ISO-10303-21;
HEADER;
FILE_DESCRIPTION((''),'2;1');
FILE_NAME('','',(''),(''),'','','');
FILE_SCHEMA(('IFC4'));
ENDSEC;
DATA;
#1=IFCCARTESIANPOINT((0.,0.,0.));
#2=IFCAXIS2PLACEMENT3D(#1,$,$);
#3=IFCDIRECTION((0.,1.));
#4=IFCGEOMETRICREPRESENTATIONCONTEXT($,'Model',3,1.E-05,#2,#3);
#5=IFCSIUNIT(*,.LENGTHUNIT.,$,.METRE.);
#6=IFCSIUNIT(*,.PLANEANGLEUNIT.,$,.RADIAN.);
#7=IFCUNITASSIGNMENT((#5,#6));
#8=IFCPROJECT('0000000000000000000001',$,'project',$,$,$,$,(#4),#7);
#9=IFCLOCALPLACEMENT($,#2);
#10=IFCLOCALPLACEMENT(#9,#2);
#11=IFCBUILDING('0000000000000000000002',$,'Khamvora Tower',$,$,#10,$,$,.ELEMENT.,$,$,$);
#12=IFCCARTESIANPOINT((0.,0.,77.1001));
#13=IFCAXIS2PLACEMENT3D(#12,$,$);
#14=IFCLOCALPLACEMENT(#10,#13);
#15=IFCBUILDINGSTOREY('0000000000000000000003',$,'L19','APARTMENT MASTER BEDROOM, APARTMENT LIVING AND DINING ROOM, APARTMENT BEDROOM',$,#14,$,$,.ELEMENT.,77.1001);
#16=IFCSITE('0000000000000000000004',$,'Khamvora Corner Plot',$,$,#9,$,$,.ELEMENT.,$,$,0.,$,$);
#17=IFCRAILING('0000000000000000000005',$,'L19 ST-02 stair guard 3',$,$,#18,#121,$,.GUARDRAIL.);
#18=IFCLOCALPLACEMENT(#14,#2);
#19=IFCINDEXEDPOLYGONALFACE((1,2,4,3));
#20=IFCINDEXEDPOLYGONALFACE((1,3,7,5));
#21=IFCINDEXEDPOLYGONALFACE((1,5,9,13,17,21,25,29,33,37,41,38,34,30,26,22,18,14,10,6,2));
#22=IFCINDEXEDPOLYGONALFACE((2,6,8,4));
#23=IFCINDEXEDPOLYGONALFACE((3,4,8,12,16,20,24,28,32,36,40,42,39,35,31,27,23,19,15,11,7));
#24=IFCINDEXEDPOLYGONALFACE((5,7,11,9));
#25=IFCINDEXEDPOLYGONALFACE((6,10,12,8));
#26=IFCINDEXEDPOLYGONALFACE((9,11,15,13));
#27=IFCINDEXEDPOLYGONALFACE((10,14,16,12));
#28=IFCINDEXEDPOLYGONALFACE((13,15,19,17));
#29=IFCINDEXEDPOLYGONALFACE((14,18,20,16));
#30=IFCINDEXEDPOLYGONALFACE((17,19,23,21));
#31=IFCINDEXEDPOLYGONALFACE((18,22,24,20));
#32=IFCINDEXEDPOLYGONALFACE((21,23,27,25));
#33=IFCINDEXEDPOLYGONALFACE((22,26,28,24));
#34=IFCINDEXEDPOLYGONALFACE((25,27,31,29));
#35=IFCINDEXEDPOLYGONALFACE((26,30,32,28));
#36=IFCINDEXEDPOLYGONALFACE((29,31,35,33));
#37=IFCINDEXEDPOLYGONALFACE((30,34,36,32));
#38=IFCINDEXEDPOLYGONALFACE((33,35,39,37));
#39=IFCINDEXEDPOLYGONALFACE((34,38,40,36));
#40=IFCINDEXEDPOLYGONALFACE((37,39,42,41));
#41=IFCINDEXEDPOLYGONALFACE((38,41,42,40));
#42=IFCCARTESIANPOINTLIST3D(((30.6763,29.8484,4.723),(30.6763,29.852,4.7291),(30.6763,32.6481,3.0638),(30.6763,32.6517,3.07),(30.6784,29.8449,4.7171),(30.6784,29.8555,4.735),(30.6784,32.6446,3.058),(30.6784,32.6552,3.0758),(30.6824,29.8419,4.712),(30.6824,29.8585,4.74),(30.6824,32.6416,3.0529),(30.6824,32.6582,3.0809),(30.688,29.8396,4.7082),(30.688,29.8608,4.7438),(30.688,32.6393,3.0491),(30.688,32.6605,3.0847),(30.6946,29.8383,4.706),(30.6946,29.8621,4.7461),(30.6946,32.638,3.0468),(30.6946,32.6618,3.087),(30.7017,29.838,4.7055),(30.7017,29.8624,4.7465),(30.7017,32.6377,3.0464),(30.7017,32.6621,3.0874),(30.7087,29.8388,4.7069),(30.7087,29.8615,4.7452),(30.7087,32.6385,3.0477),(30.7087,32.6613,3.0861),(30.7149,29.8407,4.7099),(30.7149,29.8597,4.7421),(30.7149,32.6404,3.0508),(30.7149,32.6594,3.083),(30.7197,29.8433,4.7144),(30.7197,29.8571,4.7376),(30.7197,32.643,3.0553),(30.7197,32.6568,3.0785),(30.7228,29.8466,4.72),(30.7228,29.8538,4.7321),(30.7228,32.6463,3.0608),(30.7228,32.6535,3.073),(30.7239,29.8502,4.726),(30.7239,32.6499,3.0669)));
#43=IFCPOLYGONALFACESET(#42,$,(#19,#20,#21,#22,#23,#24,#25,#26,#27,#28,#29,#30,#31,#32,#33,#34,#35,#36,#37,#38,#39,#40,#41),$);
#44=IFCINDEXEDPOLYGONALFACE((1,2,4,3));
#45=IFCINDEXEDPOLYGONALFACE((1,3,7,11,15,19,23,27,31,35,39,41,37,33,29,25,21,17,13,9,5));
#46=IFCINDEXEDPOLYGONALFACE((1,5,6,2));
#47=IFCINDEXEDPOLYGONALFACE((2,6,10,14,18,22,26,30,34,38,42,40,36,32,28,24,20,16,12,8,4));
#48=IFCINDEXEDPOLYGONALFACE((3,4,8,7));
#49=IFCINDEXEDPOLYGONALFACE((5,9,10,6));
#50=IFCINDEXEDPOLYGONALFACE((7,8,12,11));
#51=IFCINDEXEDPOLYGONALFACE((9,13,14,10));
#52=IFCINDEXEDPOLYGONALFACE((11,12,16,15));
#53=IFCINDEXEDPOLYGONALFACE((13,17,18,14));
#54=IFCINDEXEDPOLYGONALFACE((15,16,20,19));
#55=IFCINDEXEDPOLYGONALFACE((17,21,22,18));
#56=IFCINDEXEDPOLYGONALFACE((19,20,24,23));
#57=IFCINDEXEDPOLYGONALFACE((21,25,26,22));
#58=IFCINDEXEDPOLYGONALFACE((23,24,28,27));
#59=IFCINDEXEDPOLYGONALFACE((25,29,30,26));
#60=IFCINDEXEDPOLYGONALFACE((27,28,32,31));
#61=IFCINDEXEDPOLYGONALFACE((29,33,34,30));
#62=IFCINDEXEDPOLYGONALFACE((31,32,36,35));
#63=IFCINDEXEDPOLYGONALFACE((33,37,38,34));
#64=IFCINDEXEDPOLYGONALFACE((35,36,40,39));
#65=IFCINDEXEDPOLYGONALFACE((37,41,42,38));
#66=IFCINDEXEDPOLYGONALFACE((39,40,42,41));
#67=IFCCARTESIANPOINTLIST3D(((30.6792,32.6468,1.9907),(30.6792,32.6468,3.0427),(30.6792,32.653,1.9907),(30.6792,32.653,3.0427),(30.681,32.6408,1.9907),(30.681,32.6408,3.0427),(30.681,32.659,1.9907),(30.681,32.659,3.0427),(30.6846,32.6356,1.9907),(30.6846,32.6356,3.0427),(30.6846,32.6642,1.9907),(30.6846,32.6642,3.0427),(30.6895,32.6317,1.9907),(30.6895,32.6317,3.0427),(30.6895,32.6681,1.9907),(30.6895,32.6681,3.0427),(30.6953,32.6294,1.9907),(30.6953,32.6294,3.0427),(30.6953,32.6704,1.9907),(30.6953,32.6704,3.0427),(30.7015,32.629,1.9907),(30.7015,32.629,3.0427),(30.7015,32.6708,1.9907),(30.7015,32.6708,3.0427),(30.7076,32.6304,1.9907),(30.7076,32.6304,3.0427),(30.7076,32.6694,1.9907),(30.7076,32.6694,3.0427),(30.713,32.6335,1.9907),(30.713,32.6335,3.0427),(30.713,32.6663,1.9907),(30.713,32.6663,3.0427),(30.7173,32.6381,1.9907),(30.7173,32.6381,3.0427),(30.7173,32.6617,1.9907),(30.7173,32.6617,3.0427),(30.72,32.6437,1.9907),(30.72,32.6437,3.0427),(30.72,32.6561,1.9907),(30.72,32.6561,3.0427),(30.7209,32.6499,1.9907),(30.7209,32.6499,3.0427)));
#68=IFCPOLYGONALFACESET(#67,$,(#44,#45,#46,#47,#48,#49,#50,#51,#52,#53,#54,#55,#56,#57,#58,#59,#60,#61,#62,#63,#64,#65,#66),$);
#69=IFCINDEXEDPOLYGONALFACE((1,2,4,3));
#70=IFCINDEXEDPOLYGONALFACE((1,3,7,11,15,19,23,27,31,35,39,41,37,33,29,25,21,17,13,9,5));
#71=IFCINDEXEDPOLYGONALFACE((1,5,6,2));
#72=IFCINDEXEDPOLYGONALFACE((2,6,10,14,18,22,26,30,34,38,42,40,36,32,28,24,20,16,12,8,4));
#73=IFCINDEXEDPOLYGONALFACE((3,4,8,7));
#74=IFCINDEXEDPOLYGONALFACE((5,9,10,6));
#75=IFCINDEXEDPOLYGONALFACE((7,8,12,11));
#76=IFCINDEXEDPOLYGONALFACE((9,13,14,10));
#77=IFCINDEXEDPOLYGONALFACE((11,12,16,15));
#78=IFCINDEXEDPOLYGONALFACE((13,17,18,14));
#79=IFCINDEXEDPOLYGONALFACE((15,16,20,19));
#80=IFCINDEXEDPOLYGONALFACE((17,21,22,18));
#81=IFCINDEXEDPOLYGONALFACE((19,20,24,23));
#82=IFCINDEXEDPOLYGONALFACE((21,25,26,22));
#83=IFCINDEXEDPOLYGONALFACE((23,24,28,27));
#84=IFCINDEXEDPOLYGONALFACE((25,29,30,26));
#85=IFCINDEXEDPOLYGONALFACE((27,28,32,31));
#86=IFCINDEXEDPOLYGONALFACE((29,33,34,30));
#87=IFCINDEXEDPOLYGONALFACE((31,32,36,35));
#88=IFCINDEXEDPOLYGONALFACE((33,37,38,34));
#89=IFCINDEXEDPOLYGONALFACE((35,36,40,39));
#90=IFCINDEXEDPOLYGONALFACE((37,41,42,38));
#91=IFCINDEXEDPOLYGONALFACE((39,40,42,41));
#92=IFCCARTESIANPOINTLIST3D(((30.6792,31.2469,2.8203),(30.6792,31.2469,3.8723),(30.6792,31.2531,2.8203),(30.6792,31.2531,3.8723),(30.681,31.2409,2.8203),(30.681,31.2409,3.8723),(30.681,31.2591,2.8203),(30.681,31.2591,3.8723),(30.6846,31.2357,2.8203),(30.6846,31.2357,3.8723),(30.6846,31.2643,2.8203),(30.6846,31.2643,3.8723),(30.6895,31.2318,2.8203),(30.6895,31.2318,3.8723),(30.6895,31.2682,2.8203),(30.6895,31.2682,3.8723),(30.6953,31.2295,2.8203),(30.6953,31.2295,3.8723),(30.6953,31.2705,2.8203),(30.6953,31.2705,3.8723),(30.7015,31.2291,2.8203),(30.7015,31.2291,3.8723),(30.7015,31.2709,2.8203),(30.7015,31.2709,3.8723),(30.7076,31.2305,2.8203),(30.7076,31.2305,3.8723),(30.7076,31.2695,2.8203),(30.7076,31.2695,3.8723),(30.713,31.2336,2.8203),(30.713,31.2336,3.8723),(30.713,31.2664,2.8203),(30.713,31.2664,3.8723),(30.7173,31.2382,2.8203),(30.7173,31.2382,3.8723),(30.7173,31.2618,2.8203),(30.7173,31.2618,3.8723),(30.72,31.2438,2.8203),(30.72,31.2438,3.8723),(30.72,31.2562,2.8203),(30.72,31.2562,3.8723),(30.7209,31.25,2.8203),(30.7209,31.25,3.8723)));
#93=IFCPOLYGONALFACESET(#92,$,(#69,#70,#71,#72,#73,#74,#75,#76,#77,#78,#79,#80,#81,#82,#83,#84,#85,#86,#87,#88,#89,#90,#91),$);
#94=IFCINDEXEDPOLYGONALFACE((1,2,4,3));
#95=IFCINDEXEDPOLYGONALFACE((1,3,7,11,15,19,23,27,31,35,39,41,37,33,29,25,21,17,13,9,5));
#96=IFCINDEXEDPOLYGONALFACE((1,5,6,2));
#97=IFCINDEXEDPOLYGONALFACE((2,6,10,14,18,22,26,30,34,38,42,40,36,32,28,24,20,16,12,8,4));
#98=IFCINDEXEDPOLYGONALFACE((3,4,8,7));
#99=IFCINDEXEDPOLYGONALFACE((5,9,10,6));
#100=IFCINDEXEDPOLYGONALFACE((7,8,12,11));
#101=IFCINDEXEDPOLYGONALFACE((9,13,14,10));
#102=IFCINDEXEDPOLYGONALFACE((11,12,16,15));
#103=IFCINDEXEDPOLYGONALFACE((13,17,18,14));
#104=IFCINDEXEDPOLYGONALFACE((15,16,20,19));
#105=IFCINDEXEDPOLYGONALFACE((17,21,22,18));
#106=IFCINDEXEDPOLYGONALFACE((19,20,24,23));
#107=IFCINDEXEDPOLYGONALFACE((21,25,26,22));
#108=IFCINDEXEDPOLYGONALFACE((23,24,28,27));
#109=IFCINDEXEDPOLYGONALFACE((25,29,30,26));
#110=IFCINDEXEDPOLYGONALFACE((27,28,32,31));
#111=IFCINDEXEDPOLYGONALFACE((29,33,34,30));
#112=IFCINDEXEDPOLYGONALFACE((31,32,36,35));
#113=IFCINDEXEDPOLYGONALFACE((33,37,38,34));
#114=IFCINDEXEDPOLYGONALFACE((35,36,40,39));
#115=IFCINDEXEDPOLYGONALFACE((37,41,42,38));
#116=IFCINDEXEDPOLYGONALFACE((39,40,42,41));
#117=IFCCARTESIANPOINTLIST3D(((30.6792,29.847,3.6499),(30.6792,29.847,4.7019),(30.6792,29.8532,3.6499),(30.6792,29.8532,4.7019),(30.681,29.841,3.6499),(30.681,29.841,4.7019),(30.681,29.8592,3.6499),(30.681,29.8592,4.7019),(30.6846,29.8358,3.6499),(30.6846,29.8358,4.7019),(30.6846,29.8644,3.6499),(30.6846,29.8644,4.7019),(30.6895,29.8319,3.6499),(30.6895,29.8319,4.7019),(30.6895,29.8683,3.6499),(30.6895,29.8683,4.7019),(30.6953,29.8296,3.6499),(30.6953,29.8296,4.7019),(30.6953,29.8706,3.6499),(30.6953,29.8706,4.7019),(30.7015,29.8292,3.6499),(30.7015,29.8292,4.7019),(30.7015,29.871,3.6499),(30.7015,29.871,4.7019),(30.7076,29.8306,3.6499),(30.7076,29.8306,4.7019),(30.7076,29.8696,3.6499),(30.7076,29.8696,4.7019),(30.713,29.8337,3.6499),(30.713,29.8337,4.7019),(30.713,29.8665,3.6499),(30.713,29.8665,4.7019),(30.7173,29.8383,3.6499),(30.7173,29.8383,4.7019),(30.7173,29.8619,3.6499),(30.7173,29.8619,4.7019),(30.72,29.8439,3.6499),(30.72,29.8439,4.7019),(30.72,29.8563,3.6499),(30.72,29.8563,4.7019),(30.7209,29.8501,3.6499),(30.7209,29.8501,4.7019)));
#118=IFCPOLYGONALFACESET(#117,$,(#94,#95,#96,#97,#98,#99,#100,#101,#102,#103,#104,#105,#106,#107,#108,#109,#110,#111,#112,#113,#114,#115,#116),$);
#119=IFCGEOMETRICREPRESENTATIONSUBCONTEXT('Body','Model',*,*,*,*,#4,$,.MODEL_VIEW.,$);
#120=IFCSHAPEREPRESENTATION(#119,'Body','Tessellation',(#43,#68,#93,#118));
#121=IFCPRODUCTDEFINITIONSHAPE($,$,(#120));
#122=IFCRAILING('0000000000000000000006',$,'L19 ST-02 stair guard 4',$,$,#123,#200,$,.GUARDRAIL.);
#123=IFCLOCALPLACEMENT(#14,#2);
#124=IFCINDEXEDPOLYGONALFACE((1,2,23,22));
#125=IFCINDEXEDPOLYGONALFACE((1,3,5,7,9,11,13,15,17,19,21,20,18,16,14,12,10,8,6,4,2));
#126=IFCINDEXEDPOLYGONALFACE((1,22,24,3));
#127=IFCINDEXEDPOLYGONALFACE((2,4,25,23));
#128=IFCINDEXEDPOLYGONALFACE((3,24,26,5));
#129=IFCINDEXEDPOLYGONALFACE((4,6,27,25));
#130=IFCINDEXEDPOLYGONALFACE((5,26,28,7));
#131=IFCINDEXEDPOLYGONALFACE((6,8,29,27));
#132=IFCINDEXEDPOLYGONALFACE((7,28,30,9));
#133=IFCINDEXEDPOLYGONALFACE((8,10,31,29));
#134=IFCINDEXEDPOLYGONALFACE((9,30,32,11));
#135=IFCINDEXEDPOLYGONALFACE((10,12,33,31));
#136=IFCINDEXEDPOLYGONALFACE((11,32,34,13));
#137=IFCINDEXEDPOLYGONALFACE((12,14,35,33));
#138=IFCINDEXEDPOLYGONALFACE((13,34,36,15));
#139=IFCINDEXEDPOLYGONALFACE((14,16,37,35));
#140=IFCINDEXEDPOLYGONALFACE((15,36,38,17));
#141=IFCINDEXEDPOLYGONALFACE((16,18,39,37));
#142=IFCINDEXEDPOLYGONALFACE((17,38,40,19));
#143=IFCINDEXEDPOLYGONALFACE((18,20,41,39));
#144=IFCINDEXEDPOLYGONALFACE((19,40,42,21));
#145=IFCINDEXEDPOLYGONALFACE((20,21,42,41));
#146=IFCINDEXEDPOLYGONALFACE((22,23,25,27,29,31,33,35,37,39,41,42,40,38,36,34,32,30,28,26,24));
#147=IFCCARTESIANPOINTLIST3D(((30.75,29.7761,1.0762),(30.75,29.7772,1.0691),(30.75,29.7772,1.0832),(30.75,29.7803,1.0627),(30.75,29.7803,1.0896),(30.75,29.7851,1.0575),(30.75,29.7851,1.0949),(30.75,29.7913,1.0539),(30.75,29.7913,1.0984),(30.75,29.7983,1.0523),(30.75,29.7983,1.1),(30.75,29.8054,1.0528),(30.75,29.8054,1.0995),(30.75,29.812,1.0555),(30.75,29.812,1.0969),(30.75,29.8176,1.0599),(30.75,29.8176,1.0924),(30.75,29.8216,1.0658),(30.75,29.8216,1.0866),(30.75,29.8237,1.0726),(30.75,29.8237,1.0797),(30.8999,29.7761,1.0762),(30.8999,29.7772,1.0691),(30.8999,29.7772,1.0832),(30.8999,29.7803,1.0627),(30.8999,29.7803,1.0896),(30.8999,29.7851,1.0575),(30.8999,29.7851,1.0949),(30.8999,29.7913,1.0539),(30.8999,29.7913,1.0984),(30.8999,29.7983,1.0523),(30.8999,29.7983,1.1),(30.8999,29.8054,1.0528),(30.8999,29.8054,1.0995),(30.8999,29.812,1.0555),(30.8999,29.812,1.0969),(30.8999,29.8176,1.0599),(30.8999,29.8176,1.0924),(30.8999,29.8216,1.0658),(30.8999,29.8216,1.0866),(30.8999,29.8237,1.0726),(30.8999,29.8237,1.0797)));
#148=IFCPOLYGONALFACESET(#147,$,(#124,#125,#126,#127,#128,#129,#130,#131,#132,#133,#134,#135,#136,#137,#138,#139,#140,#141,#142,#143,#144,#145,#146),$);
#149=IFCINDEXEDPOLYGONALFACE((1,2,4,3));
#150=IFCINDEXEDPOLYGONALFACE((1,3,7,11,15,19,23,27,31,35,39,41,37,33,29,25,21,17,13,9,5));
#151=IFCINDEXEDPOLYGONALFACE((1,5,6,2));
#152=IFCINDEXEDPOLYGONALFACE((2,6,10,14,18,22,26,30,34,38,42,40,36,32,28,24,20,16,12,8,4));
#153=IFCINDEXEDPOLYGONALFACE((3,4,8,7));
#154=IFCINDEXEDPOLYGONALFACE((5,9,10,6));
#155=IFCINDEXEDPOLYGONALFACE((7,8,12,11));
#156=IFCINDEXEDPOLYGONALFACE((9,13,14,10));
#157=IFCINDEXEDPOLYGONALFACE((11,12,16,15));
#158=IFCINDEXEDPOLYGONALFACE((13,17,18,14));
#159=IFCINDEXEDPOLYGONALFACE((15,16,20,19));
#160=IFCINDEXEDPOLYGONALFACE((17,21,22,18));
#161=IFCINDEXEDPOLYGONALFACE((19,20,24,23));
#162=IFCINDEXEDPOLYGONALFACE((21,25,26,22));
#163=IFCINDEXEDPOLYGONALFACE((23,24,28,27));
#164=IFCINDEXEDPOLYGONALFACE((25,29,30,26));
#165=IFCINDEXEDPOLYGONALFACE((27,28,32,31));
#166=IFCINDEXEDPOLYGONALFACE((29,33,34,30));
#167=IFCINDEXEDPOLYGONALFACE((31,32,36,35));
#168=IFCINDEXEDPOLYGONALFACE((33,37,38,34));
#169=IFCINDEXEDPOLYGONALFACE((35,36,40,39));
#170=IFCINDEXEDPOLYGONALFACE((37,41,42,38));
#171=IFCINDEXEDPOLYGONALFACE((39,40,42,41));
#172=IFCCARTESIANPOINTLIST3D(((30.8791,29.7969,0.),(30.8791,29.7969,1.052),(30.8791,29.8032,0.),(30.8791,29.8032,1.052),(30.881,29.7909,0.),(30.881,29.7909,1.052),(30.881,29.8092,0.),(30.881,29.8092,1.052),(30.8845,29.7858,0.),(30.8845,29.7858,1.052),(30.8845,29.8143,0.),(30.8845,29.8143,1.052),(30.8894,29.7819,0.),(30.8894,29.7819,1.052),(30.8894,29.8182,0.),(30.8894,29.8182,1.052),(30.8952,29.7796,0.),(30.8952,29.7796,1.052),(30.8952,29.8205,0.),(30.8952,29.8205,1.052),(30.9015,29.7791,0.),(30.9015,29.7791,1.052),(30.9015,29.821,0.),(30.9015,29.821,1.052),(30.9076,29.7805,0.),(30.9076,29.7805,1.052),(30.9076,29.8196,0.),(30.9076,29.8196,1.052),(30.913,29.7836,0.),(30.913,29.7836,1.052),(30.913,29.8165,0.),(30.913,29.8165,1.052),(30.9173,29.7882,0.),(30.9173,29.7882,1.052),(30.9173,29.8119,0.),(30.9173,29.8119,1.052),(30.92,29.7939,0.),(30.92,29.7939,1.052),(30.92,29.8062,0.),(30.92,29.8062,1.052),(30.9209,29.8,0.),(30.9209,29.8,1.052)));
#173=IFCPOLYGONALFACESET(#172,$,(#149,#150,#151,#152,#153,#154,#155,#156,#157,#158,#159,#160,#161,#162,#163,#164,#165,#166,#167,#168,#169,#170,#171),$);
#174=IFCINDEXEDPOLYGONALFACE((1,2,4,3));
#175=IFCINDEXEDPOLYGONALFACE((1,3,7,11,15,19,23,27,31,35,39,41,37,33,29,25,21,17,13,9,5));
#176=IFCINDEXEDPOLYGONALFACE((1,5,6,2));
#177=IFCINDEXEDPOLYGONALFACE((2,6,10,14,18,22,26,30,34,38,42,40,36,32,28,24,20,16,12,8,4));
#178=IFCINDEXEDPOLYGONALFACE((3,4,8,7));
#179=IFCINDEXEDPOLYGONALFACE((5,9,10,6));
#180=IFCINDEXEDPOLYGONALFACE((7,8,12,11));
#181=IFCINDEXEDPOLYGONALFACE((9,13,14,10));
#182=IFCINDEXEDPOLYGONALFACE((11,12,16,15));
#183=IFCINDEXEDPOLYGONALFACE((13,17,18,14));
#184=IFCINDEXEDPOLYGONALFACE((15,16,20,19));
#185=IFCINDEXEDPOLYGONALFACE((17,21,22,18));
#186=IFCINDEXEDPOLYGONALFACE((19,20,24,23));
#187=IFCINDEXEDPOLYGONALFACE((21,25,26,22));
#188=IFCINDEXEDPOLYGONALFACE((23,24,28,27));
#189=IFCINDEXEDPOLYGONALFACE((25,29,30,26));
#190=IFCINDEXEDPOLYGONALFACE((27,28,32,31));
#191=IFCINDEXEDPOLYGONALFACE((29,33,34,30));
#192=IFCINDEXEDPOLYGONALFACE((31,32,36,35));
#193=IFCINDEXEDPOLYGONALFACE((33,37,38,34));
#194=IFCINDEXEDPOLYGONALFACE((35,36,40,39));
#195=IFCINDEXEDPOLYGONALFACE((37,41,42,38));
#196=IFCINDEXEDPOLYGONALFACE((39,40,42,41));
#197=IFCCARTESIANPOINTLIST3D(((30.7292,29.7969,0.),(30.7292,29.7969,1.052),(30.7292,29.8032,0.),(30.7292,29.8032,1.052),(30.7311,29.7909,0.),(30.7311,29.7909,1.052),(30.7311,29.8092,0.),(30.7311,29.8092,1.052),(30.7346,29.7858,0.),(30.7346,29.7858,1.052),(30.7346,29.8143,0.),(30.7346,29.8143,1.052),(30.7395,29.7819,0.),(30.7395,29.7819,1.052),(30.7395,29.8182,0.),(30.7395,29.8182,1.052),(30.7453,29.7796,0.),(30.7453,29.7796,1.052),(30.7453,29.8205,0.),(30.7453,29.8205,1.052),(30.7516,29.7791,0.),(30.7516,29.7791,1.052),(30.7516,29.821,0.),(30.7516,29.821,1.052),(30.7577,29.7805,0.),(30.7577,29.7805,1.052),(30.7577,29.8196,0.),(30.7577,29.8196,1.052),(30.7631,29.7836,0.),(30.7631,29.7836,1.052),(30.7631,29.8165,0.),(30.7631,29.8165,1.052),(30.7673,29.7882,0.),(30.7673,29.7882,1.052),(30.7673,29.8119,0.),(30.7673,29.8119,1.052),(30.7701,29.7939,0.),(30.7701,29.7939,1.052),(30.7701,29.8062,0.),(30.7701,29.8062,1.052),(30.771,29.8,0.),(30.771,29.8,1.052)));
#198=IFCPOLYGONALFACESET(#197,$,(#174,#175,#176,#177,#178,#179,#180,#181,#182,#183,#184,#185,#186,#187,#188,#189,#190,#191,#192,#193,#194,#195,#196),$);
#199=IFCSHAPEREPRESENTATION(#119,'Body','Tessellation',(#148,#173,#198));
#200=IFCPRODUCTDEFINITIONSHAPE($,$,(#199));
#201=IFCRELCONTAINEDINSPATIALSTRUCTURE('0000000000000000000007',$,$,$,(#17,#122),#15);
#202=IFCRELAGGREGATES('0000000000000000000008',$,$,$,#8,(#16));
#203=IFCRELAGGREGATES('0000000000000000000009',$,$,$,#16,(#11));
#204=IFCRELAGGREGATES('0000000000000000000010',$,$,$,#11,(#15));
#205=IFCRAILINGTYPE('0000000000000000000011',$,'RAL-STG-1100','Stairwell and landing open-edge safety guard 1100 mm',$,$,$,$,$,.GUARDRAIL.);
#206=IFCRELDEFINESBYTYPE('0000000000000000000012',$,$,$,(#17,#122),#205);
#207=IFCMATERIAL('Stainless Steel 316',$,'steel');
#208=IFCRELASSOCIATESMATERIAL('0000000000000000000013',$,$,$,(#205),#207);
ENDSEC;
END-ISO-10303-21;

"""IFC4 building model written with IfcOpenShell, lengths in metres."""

from ifc_helpers import new_model, si_unit, direction, frame, origin, origin_2d, place, context, subcontext, project, spatial, circle, extrude, material, type_object, element, save


model = new_model("IFC4")

# Units and contexts
model_context = context("Model", 3, precision=1e-05, world=origin(), true_north=direction((0.0, 1.0)))
body_context = subcontext(model_context, "Body", "Model", "MODEL_VIEW")
ifc_project = project(units=[si_unit("LENGTHUNIT", "METRE"), si_unit("PLANEANGLEUNIT", "RADIAN")], contexts=[model_context])

# Site, building, storey
site_placement = place(None, origin())
site = spatial("IfcSite", under=ifc_project, at=site_placement, Name="Khamvora Corner Plot", CompositionType="ELEMENT", RefElevation=0.0)
building_placement = place(site_placement, origin())
building = spatial("IfcBuilding", under=site, at=building_placement, Name="Khamvora Tower", CompositionType="ELEMENT")
storey_placement = place(building_placement, frame((0.0, 0.0, 77.1001)))
storey = spatial("IfcBuildingStorey", under=building, at=storey_placement, Name="L19", Description="APARTMENT MASTER BEDROOM, APARTMENT LIVING AND DINING ROOM, APARTMENT BEDROOM", CompositionType="ELEMENT", Elevation=77.1001)

# Railings
ifc_material_1 = material(Name="Stainless Steel 316", Category="steel")
railing_type_1 = type_object("IfcRailingType", Name="RAL-STG-1100", Description="Stairwell and landing open-edge safety guard 1100 mm", PredefinedType="GUARDRAIL", material=ifc_material_1)
railing_1_placement = place(storey_placement, frame((30.7, 32.6499, 1.9907)))
element("IfcRailing", 1, at=railing_1_placement, inside=storey, type_object=railing_type_1, Name="L19 ST-02 stair guard 3", PredefinedType="GUARDRAIL", context=body_context, shape_type="SweptSolid", body=[
    extrude(circle(Radius=0.0239, at=origin_2d()), frame((0.0, 0.0, 1.0762), z_axis=(0.0, -0.860287, 0.509811), x_axis=(1.0, 0.0, 0.0)), (0.0, 0.0, 1.0), 3.2544),
    extrude(circle(Radius=0.021, at=origin_2d()), origin(), (0.0, 0.0, 1.0), 1.052),
    extrude(circle(Radius=0.021, at=origin_2d()), frame((0.0, -1.3999, 0.8296)), (0.0, 0.0, 1.0), 1.052),
    extrude(circle(Radius=0.021, at=origin_2d()), frame((0.0, -2.7998, 1.6592)), (0.0, 0.0, 1.0), 1.052),
])
railing_2_placement = place(storey_placement, frame((30.8999, 29.8, 0.0)))
element("IfcRailing", 2, at=railing_2_placement, inside=storey, type_object=railing_type_1, Name="L19 ST-02 stair guard 4", PredefinedType="GUARDRAIL", context=body_context, shape_type="SweptSolid", body=[
    extrude(circle(Radius=0.0239, at=origin_2d()), frame((0.0, 0.0, 1.0762), z_axis=(-1.0, 0.0, 0.0), x_axis=(0.0, -1.0, 0.0)), (0.0, 0.0, 1.0), 0.1499),
    extrude(circle(Radius=0.021, at=origin_2d()), origin(), (0.0, 0.0, 1.0), 1.052),
    extrude(circle(Radius=0.021, at=origin_2d()), frame((-0.1499, 0.0, 0.0)), (0.0, 0.0, 1.0), 1.052),
])

save(model, "model.ifc")
